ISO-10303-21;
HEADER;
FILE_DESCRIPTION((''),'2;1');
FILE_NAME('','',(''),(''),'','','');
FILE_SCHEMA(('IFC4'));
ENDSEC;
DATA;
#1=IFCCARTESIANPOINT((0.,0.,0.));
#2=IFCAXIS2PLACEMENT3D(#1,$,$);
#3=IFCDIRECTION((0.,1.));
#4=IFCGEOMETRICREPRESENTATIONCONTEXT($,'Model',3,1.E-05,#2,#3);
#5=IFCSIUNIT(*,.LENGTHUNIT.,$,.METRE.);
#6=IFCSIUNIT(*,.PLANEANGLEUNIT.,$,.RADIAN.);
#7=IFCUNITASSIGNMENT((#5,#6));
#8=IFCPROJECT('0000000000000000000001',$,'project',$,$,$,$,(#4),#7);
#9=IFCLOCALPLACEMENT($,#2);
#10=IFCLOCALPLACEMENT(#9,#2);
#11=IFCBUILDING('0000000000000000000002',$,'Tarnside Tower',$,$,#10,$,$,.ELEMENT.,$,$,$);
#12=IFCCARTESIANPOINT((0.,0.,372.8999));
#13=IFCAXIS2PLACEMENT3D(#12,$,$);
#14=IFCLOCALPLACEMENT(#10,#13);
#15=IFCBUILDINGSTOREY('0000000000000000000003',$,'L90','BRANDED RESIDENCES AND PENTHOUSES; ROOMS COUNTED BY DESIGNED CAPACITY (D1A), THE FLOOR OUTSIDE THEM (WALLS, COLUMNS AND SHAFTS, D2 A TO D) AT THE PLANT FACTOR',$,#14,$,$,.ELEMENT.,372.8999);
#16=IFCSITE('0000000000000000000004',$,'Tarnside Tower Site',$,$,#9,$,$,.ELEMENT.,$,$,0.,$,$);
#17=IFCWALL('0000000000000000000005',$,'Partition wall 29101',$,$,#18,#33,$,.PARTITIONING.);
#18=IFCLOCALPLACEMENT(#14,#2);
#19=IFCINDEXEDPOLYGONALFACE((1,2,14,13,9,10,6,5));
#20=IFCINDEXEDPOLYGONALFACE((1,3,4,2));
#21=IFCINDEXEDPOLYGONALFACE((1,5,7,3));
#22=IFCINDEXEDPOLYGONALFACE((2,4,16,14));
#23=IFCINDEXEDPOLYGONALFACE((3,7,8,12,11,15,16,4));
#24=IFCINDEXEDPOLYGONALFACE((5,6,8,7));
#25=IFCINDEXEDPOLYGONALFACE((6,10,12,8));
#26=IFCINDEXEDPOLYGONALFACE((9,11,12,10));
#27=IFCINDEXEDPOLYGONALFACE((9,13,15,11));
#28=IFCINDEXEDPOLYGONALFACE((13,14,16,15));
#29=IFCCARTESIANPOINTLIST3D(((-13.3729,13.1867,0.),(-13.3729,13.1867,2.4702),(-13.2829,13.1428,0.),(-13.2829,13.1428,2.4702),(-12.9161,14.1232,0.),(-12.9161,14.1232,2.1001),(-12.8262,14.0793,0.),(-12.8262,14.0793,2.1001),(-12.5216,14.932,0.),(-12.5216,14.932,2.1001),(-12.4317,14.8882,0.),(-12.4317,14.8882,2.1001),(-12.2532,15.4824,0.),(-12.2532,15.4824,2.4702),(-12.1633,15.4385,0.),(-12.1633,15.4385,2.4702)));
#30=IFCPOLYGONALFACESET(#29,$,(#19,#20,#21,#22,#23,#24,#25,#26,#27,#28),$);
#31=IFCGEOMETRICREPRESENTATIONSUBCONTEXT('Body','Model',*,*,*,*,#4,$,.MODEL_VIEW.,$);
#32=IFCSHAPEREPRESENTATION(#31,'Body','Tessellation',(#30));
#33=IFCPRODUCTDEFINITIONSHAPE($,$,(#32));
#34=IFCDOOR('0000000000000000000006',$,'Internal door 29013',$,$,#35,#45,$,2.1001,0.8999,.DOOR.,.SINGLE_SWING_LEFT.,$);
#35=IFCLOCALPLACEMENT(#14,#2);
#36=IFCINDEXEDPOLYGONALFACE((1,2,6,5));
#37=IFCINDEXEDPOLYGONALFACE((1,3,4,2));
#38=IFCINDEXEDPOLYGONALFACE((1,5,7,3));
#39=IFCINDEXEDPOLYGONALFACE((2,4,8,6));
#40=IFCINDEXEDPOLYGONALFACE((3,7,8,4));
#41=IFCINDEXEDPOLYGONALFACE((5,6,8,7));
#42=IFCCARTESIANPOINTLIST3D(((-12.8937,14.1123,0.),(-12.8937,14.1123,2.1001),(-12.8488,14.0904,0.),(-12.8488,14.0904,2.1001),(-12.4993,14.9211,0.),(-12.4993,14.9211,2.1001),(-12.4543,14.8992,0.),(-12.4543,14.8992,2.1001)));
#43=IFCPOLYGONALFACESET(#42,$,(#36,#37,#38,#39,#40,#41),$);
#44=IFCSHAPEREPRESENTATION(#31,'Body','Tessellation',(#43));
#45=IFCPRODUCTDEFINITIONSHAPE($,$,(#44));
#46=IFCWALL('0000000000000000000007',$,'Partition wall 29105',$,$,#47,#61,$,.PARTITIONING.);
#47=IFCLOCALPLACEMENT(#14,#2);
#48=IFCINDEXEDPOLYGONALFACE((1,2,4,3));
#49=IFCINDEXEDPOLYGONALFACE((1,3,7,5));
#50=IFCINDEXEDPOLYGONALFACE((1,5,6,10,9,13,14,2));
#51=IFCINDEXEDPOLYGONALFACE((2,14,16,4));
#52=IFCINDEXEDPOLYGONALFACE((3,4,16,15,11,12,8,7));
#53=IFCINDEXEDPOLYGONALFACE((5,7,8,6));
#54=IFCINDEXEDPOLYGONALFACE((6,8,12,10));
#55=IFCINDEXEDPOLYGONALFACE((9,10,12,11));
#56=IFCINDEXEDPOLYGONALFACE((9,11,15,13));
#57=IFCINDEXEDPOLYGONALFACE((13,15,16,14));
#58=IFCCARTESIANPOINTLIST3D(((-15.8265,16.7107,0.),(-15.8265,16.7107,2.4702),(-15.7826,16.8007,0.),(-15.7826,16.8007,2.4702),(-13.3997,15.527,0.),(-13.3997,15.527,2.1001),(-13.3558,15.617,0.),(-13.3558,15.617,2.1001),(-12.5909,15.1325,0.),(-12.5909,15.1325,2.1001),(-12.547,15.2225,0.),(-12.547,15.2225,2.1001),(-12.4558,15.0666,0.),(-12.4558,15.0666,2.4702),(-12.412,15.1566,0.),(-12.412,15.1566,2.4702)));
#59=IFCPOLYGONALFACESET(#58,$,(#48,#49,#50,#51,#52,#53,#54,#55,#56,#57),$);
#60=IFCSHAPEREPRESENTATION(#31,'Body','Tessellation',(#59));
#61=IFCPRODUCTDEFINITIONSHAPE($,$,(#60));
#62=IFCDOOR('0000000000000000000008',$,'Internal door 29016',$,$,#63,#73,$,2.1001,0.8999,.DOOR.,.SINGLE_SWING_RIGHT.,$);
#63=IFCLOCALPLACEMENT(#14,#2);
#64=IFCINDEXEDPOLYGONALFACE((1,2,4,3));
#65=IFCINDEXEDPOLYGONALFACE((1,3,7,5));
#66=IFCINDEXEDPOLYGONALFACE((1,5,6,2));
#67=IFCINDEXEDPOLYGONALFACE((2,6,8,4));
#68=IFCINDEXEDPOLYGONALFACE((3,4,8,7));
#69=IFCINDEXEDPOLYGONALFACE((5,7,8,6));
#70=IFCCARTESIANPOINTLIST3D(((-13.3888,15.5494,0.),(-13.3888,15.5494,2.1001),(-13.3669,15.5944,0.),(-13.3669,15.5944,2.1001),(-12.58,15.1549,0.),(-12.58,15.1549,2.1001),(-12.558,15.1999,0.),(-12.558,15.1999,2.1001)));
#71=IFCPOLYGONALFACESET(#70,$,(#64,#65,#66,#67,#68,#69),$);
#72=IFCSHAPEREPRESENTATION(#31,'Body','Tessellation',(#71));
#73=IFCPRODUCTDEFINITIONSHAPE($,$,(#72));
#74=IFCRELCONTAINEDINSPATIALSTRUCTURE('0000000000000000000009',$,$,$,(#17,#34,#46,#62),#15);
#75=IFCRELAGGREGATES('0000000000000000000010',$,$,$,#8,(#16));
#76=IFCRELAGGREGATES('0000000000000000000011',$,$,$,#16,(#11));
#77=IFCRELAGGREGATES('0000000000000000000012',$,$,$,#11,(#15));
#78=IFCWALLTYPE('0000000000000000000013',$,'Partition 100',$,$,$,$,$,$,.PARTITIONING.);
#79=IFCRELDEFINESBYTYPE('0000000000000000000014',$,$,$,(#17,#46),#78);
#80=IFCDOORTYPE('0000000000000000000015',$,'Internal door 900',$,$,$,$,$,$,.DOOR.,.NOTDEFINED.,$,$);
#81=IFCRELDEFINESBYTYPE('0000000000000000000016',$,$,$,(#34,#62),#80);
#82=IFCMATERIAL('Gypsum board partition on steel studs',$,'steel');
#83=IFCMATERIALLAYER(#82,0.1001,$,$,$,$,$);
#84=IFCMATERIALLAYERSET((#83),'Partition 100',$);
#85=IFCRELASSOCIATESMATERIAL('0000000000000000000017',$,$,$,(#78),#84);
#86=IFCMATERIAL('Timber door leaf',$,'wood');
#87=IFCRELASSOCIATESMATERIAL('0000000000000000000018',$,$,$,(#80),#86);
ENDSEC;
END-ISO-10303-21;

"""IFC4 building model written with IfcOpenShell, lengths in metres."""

from ifc_helpers import new_model, si_unit, direction, frame, frame_2d, origin, place, context, subcontext, project, spatial, rectangle, extrude, material, layer, layer_set, type_object, element, fill, save


model = new_model("IFC4")

# Units and contexts
model_context = context("Model", 3, precision=1e-05, world=origin(), true_north=direction((0.0, 1.0)))
body_context = subcontext(model_context, "Body", "Model", "MODEL_VIEW")
ifc_project = project(units=[si_unit("LENGTHUNIT", "METRE"), si_unit("PLANEANGLEUNIT", "RADIAN")], contexts=[model_context])

# Site, building, storey
site_placement = place(None, origin())
site = spatial("IfcSite", under=ifc_project, at=site_placement, Name="Tarnside Tower Site", CompositionType="ELEMENT", RefElevation=0.0)
building_placement = place(site_placement, origin())
building = spatial("IfcBuilding", under=site, at=building_placement, Name="Tarnside Tower", CompositionType="ELEMENT")
storey_placement = place(building_placement, frame((0.0, 0.0, 372.8999)))
storey = spatial("IfcBuildingStorey", under=building, at=storey_placement, Name="L90", Description="BRANDED RESIDENCES AND PENTHOUSES; ROOMS COUNTED BY DESIGNED CAPACITY (D1A), THE FLOOR OUTSIDE THEM (WALLS, COLUMNS AND SHAFTS, D2 A TO D) AT THE PLANT FACTOR", CompositionType="ELEMENT", Elevation=372.8999)

# Shared definitions
ifc_material_1 = material(Name="Gypsum board partition on steel studs", Category="steel")
ifc_material_2 = material(Name="Timber door leaf", Category="wood")

# Walls, openings, doors
ifc_layer_1 = layer(ifc_material_1, 0.1001)
ifc_layer_set_1 = layer_set([ifc_layer_1], Name="Partition 100")
wall_type_1 = type_object("IfcWallType", Name="Partition 100", PredefinedType="PARTITIONING", material=ifc_layer_set_1)
door_type_1 = type_object("IfcDoorType", Name="Internal door 900", OperationType="NOTDEFINED", PredefinedType="DOOR", material=ifc_material_2)
wall_1_placement = place(storey_placement, frame((-12.2083, 15.4604, 0.0), z_axis=(0.0, 0.0, 1.0), x_axis=(-0.43836, -0.8988, 0.0)))
wall_1 = element("IfcWall", 1, at=wall_1_placement, inside=storey, type_object=wall_type_1, Name="Partition wall 29101", PredefinedType="PARTITIONING", context=body_context, shape_type="SweptSolid", body=[
    extrude(rectangle(XDim=2.5542, YDim=0.1001, at=frame_2d((1.2771, 0.0))), origin(), (0.0, 0.0, 1.0), 2.4702),
])
opening_1_placement = place(wall_1_placement, frame((0.6123, 0.0, 0.0)))
opening_1 = element("IfcOpeningElement", 2, at=opening_1_placement, cuts=wall_1, PredefinedType="OPENING", context=body_context, shape_type="SweptSolid", body=[
    extrude(rectangle(XDim=0.8999, YDim=2.1001, at=frame_2d((0.45, 1.05))), frame((0.0, 0.0601, 0.0), z_axis=(0.0, -1.0, 0.0), x_axis=(1.0, 0.0, 0.0)), (0.0, 0.0, 1.0), 0.1201),
])
door_1_placement = place(opening_1_placement, origin())
door_1 = element("IfcDoor", 3, at=door_1_placement, inside=storey, type_object=door_type_1, Name="Internal door 29013", OperationType="SINGLE_SWING_LEFT", OverallHeight=2.1001, OverallWidth=0.8999, PredefinedType="DOOR", context=body_context, shape_type="SweptSolid", body=[
    extrude(rectangle(XDim=0.8999, YDim=2.1001, at=frame_2d((0.45, 1.05))), frame((0.0, 0.0249, 0.0), z_axis=(0.0, -1.0, 0.0), x_axis=(1.0, 0.0, 0.0)), (0.0, 0.0, 1.0), 0.05),
])
fill(opening_1, door_1)
wall_2_placement = place(storey_placement, frame((-15.8044, 16.7556, 0.0), z_axis=(0.0, 0.0, 1.0), x_axis=(0.898785, -0.43839, 0.0)))
wall_2 = element("IfcWall", 4, at=wall_2_placement, inside=storey, type_object=wall_type_1, Name="Partition wall 29105", PredefinedType="PARTITIONING", context=body_context, shape_type="SweptSolid", body=[
    extrude(rectangle(XDim=3.7502, YDim=0.1001, at=frame_2d((1.875, 0.0))), origin(), (0.0, 0.0, 1.0), 2.4702),
])
opening_2_placement = place(wall_2_placement, frame((2.7, 0.0, 0.0)))
opening_2 = element("IfcOpeningElement", 5, at=opening_2_placement, cuts=wall_2, PredefinedType="OPENING", context=body_context, shape_type="SweptSolid", body=[
    extrude(rectangle(XDim=0.8999, YDim=2.1001, at=frame_2d((0.45, 1.05))), frame((0.0, 0.0601, 0.0), z_axis=(0.0, -1.0, 0.0), x_axis=(1.0, 0.0, 0.0)), (0.0, 0.0, 1.0), 0.1201),
])
door_2_placement = place(opening_2_placement, origin())
door_2 = element("IfcDoor", 6, at=door_2_placement, inside=storey, type_object=door_type_1, Name="Internal door 29016", OperationType="SINGLE_SWING_RIGHT", OverallHeight=2.1001, OverallWidth=0.8999, PredefinedType="DOOR", context=body_context, shape_type="SweptSolid", body=[
    extrude(rectangle(XDim=0.8999, YDim=2.1001, at=frame_2d((0.45, 1.05))), frame((0.0, 0.0249, 0.0), z_axis=(0.0, -1.0, 0.0), x_axis=(1.0, 0.0, 0.0)), (0.0, 0.0, 1.0), 0.05),
])
fill(opening_2, door_2)

save(model, "model.ifc")
